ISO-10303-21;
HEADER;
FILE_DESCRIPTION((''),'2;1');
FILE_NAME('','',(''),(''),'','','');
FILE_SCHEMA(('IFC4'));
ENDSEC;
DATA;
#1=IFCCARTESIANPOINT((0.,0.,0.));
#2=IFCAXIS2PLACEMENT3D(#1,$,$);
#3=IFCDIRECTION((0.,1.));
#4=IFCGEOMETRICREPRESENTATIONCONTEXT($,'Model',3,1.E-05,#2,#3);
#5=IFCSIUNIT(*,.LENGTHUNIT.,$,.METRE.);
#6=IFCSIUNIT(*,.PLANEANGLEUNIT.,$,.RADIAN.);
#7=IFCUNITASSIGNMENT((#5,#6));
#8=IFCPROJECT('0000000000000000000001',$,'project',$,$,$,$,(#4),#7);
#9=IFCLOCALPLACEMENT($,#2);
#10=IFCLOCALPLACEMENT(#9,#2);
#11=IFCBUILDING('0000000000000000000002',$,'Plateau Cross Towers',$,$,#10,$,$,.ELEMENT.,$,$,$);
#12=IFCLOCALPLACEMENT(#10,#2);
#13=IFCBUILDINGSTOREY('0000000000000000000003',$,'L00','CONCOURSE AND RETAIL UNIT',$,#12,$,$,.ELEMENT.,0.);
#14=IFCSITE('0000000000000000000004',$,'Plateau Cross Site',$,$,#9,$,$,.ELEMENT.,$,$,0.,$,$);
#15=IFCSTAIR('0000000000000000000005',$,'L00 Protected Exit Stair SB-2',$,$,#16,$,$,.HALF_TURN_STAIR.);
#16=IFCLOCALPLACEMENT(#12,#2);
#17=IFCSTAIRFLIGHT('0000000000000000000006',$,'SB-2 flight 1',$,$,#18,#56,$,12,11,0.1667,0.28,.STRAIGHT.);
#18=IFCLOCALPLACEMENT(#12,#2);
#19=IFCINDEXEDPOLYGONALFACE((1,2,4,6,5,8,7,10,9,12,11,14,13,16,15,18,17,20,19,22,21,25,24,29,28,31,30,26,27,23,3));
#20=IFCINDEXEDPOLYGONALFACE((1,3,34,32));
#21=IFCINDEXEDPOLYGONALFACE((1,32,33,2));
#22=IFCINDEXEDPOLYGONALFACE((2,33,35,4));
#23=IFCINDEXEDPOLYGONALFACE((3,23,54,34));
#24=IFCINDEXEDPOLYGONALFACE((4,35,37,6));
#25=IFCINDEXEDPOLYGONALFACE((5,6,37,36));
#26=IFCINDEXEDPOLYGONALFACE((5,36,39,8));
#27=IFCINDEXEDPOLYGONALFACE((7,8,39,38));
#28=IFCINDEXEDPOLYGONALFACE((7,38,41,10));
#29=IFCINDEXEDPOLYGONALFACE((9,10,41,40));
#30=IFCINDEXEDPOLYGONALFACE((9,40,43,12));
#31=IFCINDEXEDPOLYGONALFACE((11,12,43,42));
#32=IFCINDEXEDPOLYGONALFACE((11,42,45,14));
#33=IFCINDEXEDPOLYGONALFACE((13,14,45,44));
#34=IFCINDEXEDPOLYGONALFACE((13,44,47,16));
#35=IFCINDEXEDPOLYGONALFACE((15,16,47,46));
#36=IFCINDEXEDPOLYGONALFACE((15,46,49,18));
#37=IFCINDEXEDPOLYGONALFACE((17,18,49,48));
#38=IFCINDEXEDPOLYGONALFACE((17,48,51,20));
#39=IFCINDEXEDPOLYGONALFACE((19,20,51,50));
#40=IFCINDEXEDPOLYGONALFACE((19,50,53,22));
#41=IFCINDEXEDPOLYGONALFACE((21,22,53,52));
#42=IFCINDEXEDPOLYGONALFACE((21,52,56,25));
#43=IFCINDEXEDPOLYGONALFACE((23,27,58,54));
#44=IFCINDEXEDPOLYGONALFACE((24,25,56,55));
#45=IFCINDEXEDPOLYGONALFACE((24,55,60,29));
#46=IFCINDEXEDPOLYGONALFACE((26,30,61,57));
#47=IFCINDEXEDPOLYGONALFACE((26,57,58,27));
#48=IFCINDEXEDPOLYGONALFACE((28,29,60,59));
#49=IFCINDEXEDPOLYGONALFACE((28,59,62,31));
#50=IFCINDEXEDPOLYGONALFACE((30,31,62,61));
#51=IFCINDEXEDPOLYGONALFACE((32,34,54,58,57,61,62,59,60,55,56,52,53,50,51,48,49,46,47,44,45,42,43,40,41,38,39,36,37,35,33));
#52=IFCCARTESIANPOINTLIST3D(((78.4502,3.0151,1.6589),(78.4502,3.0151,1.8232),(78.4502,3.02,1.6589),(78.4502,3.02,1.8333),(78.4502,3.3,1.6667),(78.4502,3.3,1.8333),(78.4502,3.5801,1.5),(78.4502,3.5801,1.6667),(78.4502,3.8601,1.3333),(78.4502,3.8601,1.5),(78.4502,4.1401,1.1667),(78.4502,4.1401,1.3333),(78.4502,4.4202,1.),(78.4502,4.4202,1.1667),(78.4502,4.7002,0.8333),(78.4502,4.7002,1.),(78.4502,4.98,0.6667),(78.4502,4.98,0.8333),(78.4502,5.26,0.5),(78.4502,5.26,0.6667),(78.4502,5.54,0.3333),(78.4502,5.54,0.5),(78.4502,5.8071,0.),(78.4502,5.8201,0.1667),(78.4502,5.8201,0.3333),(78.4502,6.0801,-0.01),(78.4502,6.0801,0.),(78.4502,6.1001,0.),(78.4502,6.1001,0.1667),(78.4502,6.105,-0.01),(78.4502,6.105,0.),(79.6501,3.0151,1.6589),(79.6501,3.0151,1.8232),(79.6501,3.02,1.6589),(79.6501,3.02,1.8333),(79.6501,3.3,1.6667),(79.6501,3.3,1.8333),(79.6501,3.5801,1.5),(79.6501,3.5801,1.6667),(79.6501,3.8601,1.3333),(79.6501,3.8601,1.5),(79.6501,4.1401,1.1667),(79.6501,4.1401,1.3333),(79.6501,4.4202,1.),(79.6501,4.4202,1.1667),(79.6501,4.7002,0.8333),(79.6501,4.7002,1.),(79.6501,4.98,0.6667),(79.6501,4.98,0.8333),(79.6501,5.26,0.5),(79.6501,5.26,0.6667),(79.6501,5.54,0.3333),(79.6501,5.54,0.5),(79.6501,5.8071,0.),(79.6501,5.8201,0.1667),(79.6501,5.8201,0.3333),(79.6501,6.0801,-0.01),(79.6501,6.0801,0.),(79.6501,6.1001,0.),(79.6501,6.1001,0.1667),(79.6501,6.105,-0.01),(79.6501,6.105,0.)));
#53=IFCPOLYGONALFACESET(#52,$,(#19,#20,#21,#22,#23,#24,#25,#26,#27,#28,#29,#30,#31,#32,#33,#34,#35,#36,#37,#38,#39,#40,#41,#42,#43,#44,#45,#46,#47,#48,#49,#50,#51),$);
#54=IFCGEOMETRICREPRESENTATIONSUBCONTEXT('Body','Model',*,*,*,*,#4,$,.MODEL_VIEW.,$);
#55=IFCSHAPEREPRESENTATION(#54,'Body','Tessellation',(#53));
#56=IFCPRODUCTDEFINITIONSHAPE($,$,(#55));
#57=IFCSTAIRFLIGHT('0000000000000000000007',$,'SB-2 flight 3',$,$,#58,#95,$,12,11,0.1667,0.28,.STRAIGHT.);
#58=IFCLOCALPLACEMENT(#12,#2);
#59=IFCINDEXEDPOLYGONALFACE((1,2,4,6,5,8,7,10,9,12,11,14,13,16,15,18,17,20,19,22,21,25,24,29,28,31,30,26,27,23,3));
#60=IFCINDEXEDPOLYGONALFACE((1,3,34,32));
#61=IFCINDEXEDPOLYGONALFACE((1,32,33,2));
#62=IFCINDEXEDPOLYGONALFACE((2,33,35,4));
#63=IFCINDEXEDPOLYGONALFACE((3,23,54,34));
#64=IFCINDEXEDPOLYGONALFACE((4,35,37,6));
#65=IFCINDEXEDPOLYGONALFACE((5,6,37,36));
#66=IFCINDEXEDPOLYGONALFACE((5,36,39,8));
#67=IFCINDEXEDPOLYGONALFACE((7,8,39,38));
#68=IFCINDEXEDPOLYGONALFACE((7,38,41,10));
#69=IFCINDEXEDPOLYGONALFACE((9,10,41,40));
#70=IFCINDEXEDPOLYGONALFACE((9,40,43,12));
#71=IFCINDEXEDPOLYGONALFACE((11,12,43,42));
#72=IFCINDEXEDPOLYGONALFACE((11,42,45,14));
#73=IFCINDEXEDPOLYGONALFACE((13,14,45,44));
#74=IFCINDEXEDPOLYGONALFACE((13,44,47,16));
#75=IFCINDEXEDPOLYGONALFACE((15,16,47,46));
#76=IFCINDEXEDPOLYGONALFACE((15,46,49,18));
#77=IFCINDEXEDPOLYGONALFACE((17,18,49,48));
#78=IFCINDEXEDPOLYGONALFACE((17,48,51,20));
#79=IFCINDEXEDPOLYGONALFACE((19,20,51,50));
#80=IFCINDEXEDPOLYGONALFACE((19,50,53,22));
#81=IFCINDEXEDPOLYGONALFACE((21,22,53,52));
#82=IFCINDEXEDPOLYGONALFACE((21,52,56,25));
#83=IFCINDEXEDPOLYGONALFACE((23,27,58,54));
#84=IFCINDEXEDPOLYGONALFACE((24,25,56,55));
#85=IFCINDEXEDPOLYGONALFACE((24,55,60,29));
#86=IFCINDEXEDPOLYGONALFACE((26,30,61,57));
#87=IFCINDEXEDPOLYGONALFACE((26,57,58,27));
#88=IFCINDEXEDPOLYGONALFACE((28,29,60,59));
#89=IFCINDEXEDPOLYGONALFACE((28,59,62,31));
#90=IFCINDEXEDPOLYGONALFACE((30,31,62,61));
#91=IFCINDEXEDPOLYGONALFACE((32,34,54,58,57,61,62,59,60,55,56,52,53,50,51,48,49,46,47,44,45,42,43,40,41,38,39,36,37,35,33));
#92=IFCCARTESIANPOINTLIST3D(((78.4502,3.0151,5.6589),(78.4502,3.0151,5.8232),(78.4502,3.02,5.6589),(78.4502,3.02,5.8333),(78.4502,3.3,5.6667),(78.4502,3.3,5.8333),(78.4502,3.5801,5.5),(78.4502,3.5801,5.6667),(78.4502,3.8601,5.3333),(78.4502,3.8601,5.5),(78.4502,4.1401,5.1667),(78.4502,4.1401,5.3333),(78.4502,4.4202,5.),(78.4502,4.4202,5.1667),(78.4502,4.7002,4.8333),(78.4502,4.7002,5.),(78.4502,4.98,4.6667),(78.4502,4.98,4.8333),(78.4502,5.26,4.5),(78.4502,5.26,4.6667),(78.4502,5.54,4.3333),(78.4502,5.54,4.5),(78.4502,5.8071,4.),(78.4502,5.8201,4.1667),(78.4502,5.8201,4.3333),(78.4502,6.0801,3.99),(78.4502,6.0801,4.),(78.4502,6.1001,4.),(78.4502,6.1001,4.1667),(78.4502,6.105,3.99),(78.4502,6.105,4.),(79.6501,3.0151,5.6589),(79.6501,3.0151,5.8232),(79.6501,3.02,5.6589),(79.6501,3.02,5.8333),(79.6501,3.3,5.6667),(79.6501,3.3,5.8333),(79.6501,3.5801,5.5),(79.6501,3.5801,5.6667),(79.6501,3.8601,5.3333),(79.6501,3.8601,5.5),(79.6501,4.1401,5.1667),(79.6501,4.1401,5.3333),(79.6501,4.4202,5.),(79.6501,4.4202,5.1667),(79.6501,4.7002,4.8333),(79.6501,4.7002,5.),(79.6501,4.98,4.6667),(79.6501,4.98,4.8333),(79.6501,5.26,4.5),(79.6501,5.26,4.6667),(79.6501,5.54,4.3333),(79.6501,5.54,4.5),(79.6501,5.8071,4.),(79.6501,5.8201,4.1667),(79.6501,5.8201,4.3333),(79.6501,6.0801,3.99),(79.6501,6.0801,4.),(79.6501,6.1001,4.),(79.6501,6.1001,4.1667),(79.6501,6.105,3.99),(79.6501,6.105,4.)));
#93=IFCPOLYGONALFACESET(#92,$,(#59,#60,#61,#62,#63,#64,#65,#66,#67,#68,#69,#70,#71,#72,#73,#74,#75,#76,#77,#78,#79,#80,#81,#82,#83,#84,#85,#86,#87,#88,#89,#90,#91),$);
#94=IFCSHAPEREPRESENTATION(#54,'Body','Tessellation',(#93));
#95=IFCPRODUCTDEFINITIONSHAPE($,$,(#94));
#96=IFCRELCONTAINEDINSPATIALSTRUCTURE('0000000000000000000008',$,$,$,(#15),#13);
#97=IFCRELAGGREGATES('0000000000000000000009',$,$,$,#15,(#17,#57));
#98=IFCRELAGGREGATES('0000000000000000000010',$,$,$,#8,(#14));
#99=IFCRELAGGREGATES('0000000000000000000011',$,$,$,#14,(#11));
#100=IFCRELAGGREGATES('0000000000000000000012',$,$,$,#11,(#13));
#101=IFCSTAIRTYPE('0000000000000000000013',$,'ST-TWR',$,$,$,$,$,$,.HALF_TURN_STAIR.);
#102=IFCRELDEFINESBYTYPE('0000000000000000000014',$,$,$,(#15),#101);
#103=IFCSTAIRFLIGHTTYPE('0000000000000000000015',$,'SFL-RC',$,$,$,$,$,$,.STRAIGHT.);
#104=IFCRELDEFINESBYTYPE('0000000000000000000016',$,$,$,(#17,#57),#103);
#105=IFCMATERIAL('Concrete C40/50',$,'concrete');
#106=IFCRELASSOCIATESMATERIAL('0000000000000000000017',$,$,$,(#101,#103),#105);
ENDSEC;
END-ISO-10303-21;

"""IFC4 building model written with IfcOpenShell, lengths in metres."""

from ifc_helpers import new_model, si_unit, direction, frame, origin, place, context, subcontext, project, spatial, polyline, outline, extrude, material, type_object, element, aggregate, save


model = new_model("IFC4")

# Units and contexts
model_context = context("Model", 3, precision=1e-05, world=origin(), true_north=direction((0.0, 1.0)))
body_context = subcontext(model_context, "Body", "Model", "MODEL_VIEW")
ifc_project = project(units=[si_unit("LENGTHUNIT", "METRE"), si_unit("PLANEANGLEUNIT", "RADIAN")], contexts=[model_context])

# Site, building, storey
site_placement = place(None, origin())
site = spatial("IfcSite", under=ifc_project, at=site_placement, Name="Plateau Cross Site", CompositionType="ELEMENT", RefElevation=0.0)
building_placement = place(site_placement, origin())
building = spatial("IfcBuilding", under=site, at=building_placement, Name="Plateau Cross Towers", CompositionType="ELEMENT")
storey_placement = place(building_placement, origin())
storey = spatial("IfcBuildingStorey", under=building, at=storey_placement, Name="L00", Description="CONCOURSE AND RETAIL UNIT", CompositionType="ELEMENT", Elevation=0.0)

# Stair, stair flights
ifc_material_1 = material(Name="Concrete C40/50", Category="concrete")
stair_type = type_object("IfcStairType", Name="ST-TWR", PredefinedType="HALF_TURN_STAIR", material=ifc_material_1)
stair_flight_type = type_object("IfcStairFlightType", Name="SFL-RC", PredefinedType="STRAIGHT", material=ifc_material_1)
stair_1_placement = place(storey_placement, origin())
stair_1 = element("IfcStair", 1, at=stair_1_placement, inside=storey, type_object=stair_type, Name="L00 Protected Exit Stair SB-2", PredefinedType="HALF_TURN_STAIR")
stair_flight_1_placement = place(storey_placement, frame((79.05, 6.1001, 0.0), z_axis=(0.0, 0.0, 1.0), x_axis=(0.0, -1.0, 0.0)))
stair_flight_1 = element("IfcStairFlight", 2, at=stair_flight_1_placement, type_object=stair_flight_type, Name="SB-2 flight 1", NumberOfRisers=12, NumberOfTreads=11, PredefinedType="STRAIGHT", RiserHeight=0.1667, TreadLength=0.28, context=body_context, shape_type="SweptSolid", body=[
    extrude(outline(polyline([(-0.0049, -0.01), (-0.0049, 0.0), (0.0, 0.0), (0.0, 0.1667), (0.28, 0.1667), (0.28, 0.3333), (0.5601, 0.3333), (0.5601, 0.5), (0.8401, 0.5), (0.8401, 0.6667), (1.1201, 0.6667), (1.1201, 0.8333), (1.3999, 0.8333), (1.3999, 1.0), (1.6799, 1.0), (1.6799, 1.1667), (1.96, 1.1667), (1.96, 1.3333), (2.24, 1.3333), (2.24, 1.5), (2.52, 1.5), (2.52, 1.6667), (2.8, 1.6667), (2.8, 1.8333), (3.0801, 1.8333), (3.085, 1.8232), (3.085, 1.6589), (3.0801, 1.6589), (0.293, 0.0), (0.02, 0.0), (0.02, -0.01), (-0.0049, -0.01)])), frame((0.0, 0.6001, 0.0), z_axis=(0.0, -1.0, 0.0), x_axis=(1.0, 0.0, 0.0)), (0.0, 0.0, 1.0), 1.2),
])
stair_flight_2_placement = place(storey_placement, frame((79.05, 6.1001, 4.0), z_axis=(0.0, 0.0, 1.0), x_axis=(0.0, -1.0, 0.0)))
stair_flight_2 = element("IfcStairFlight", 3, at=stair_flight_2_placement, type_object=stair_flight_type, Name="SB-2 flight 3", NumberOfRisers=12, NumberOfTreads=11, PredefinedType="STRAIGHT", RiserHeight=0.1667, TreadLength=0.28, context=body_context, shape_type="SweptSolid", body=[
    extrude(outline(polyline([(-0.0049, -0.01), (-0.0049, 0.0), (0.0, 0.0), (0.0, 0.1667), (0.28, 0.1667), (0.28, 0.3333), (0.5601, 0.3333), (0.5601, 0.5), (0.8401, 0.5), (0.8401, 0.6667), (1.1201, 0.6667), (1.1201, 0.8333), (1.3999, 0.8333), (1.3999, 1.0), (1.6799, 1.0), (1.6799, 1.1667), (1.96, 1.1667), (1.96, 1.3333), (2.24, 1.3333), (2.24, 1.5), (2.52, 1.5), (2.52, 1.6667), (2.8, 1.6667), (2.8, 1.8333), (3.0801, 1.8333), (3.085, 1.8232), (3.085, 1.6589), (3.0801, 1.6589), (0.293, 0.0), (0.02, 0.0), (0.02, -0.01), (-0.0049, -0.01)])), frame((0.0, 0.6001, 0.0), z_axis=(0.0, -1.0, 0.0), x_axis=(1.0, 0.0, 0.0)), (0.0, 0.0, 1.0), 1.2),
])
aggregate(stair_1, [stair_flight_1, stair_flight_2])

save(model, "model.ifc")
